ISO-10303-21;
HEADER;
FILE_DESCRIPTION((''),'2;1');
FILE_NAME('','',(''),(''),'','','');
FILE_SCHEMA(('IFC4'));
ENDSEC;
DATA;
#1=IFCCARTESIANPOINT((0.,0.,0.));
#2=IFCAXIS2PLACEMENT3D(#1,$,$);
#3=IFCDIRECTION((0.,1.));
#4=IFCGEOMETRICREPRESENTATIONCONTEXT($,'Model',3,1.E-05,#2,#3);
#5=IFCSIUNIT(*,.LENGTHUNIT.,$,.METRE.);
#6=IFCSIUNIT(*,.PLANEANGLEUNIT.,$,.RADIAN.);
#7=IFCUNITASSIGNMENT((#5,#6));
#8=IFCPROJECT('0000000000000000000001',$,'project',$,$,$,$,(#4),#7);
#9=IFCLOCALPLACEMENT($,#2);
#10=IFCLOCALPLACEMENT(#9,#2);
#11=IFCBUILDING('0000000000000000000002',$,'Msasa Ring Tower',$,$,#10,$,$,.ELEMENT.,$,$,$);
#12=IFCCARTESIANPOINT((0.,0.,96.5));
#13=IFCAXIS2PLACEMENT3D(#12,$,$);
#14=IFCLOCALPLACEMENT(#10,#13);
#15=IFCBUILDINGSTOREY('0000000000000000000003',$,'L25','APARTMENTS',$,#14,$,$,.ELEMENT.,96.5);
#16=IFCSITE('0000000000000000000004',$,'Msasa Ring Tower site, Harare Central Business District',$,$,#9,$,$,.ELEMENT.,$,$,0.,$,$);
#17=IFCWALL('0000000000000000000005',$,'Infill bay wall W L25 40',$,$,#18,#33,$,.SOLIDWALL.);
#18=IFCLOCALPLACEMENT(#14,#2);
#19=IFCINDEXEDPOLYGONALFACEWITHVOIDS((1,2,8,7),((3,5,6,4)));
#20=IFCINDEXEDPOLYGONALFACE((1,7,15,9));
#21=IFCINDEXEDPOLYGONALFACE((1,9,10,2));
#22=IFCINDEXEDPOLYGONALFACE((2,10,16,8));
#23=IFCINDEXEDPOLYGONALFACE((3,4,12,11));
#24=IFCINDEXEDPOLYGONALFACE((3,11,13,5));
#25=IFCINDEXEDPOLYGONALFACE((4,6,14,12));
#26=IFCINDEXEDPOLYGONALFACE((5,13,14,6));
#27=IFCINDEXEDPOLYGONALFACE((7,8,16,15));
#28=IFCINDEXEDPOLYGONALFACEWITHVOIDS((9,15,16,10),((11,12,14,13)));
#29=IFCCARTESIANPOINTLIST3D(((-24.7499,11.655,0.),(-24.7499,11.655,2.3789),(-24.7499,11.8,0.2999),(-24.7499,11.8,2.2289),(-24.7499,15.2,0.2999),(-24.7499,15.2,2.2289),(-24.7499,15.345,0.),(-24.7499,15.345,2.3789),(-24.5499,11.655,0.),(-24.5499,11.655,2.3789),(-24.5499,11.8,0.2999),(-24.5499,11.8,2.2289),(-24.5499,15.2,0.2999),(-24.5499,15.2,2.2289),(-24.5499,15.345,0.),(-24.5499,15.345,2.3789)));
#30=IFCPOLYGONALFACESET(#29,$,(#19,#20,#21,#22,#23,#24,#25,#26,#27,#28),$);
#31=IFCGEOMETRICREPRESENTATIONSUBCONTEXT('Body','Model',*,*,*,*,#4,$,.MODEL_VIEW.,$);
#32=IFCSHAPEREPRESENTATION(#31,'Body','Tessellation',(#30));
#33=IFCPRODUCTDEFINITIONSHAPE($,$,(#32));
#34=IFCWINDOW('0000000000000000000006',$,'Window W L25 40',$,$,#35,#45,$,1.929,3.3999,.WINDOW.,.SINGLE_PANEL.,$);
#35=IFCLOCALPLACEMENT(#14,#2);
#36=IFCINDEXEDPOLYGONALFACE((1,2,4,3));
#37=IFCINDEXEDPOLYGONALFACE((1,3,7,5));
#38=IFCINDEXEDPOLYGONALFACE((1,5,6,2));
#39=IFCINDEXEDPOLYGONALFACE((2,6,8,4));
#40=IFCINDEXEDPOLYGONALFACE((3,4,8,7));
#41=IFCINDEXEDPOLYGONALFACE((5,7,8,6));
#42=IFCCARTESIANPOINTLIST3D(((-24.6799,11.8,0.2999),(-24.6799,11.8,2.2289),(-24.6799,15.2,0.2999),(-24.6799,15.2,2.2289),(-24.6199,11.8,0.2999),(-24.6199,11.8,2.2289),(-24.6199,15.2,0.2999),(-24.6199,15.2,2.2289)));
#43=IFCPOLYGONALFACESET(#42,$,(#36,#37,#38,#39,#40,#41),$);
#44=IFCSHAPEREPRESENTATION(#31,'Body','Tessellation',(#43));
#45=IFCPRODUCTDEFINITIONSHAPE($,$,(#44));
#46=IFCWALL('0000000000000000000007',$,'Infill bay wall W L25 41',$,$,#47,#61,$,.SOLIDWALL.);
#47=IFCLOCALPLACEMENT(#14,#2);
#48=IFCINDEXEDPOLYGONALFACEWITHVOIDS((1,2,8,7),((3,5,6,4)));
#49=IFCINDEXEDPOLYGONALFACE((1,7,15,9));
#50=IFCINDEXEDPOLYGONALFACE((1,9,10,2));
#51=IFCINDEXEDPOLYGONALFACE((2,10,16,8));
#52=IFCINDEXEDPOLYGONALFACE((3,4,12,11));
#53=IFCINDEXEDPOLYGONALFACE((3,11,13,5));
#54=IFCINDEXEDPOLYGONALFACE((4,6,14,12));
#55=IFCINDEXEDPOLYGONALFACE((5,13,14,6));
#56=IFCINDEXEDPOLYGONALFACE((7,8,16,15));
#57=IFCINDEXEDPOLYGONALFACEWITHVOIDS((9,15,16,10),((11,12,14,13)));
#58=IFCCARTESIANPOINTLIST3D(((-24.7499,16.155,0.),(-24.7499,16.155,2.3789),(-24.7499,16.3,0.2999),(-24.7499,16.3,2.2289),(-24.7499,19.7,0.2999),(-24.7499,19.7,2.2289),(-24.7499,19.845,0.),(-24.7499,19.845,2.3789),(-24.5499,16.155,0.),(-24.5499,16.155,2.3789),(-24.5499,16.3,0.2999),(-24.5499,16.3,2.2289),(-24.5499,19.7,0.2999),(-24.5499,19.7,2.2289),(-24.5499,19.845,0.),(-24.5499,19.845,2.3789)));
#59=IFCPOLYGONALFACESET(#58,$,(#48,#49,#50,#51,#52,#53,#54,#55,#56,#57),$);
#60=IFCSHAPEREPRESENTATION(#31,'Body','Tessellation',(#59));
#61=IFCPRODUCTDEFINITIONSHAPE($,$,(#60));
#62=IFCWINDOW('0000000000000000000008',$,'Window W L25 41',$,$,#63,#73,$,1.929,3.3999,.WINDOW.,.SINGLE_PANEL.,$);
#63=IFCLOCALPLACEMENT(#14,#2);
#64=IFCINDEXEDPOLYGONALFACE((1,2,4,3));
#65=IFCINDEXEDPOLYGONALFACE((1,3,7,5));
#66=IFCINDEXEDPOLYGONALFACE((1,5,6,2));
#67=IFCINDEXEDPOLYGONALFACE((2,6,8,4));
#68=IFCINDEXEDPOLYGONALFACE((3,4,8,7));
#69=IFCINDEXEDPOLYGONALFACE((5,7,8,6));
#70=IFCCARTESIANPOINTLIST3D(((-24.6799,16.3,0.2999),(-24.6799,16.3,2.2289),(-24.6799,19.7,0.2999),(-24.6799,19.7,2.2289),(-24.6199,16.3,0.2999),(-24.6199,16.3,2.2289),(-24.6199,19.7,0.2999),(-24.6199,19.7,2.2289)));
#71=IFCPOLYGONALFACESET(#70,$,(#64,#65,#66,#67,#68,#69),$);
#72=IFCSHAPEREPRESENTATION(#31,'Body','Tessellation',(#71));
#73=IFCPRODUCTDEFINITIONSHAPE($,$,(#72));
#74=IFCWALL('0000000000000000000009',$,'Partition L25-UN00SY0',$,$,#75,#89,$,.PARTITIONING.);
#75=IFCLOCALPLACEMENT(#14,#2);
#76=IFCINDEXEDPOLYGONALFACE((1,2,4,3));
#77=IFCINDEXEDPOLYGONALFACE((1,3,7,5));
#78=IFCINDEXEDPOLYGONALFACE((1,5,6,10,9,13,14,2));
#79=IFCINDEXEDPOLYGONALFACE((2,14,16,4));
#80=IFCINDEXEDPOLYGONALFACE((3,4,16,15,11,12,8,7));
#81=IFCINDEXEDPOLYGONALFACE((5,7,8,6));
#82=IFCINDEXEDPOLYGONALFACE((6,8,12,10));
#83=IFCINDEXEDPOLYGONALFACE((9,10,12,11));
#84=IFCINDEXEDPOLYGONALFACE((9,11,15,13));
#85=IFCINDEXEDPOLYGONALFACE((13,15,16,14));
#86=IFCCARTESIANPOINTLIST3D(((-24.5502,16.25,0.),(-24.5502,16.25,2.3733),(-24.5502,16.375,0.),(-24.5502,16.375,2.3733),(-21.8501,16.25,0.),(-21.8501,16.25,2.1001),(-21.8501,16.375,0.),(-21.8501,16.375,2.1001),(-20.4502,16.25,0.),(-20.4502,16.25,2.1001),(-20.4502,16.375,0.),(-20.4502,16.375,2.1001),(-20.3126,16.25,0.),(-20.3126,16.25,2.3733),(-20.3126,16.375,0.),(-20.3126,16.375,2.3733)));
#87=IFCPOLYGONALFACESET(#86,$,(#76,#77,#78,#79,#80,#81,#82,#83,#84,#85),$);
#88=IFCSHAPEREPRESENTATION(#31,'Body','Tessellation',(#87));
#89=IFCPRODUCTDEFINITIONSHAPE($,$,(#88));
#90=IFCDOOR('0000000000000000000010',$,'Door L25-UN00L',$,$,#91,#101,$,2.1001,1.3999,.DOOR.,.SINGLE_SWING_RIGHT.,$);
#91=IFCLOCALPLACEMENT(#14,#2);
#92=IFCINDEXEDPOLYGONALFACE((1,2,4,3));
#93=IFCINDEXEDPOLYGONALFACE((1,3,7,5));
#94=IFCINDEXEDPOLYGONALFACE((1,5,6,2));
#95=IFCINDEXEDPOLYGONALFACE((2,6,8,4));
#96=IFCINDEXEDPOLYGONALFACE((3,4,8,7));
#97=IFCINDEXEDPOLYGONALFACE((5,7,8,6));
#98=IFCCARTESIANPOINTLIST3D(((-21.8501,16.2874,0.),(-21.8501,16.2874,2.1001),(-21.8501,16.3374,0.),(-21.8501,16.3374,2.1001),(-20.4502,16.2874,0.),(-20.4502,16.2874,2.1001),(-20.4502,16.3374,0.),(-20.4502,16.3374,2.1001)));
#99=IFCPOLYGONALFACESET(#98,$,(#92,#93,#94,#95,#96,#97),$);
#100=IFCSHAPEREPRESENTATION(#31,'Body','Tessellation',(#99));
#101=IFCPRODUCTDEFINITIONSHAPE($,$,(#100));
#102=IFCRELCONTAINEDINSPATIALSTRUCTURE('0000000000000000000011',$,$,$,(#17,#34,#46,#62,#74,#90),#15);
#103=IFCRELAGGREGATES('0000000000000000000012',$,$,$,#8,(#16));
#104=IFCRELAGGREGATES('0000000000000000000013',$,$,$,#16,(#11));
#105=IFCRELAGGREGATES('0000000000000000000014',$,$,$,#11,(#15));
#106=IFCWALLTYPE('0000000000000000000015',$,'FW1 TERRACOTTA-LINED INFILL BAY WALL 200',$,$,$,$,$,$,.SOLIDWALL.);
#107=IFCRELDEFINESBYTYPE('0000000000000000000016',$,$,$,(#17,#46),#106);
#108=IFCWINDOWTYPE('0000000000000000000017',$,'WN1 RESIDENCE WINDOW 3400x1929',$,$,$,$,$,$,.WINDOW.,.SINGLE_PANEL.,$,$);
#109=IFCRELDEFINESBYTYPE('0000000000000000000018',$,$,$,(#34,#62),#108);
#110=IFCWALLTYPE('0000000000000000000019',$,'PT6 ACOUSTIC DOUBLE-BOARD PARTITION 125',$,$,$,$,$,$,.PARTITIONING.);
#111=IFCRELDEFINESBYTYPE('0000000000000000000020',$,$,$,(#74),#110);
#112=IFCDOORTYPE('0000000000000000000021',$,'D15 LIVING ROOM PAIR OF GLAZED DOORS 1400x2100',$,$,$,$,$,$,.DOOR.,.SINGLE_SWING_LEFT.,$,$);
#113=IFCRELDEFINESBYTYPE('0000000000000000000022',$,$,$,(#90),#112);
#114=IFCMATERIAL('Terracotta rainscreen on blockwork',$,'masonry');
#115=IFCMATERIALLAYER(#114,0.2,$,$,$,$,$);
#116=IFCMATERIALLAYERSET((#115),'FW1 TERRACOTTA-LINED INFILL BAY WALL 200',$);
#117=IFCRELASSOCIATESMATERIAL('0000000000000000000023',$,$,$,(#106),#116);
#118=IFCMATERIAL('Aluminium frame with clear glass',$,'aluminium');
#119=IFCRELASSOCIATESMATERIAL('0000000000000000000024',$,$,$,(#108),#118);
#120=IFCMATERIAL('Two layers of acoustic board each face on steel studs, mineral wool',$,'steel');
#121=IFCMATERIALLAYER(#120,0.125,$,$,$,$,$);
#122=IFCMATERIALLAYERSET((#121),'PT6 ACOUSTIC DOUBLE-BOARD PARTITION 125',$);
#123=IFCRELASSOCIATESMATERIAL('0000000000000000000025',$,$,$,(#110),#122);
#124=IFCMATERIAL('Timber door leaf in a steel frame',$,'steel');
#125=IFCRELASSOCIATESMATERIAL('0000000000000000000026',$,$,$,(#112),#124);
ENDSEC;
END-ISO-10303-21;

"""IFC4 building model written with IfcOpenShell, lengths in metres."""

from ifc_helpers import new_model, si_unit, direction, frame, frame_2d, origin, place, context, subcontext, project, spatial, rectangle, extrude, material, layer, layer_set, type_object, element, fill, save


model = new_model("IFC4")

# Units and contexts
model_context = context("Model", 3, precision=1e-05, world=origin(), true_north=direction((0.0, 1.0)))
body_context = subcontext(model_context, "Body", "Model", "MODEL_VIEW")
ifc_project = project(units=[si_unit("LENGTHUNIT", "METRE"), si_unit("PLANEANGLEUNIT", "RADIAN")], contexts=[model_context])

# Site, building, storey
site_placement = place(None, origin())
site = spatial("IfcSite", under=ifc_project, at=site_placement, Name="Msasa Ring Tower site, Harare Central Business District", CompositionType="ELEMENT", RefElevation=0.0)
building_placement = place(site_placement, origin())
building = spatial("IfcBuilding", under=site, at=building_placement, Name="Msasa Ring Tower", CompositionType="ELEMENT")
storey_placement = place(building_placement, frame((0.0, 0.0, 96.5)))
storey = spatial("IfcBuildingStorey", under=building, at=storey_placement, Name="L25", Description="APARTMENTS", CompositionType="ELEMENT", Elevation=96.5)

# Walls, openings, windows
ifc_material_1 = material(Name="Terracotta rainscreen on blockwork", Category="masonry")
ifc_layer_1 = layer(ifc_material_1, 0.2)
ifc_layer_set_1 = layer_set([ifc_layer_1], Name="FW1 TERRACOTTA-LINED INFILL BAY WALL 200")
wall_type_1 = type_object("IfcWallType", Name="FW1 TERRACOTTA-LINED INFILL BAY WALL 200", PredefinedType="SOLIDWALL", material=ifc_layer_set_1)
wall_1_placement = place(storey_placement, frame((-24.6499, 11.655, 0.0), z_axis=(0.0, 0.0, 1.0), x_axis=(0.0, 1.0, 0.0)))
wall_1 = element("IfcWall", 1, at=wall_1_placement, inside=storey, type_object=wall_type_1, Name="Infill bay wall W L25 40", PredefinedType="SOLIDWALL", context=body_context, shape_type="SweptSolid", body=[
    extrude(rectangle(XDim=3.6899, YDim=0.2, at=frame_2d((1.845, 0.0))), origin(), (0.0, 0.0, 1.0), 2.3789),
])
opening_1_placement = place(wall_1_placement, frame((0.145, 0.0, 0.3)))
opening_1 = element("IfcOpeningElement", 2, at=opening_1_placement, cuts=wall_1, PredefinedType="OPENING", context=body_context, shape_type="SweptSolid", body=[
    extrude(rectangle(XDim=3.3999, YDim=1.929, at=frame_2d((1.7, 0.9644))), frame((0.0, 0.1099, 0.0), z_axis=(0.0, -1.0, 0.0), x_axis=(1.0, 0.0, 0.0)), (0.0, 0.0, 1.0), 0.22),
])
ifc_material_2 = material(Name="Aluminium frame with clear glass", Category="aluminium")
window_type = type_object("IfcWindowType", Name="WN1 RESIDENCE WINDOW 3400x1929", PartitioningType="SINGLE_PANEL", PredefinedType="WINDOW", material=ifc_material_2)
window_1_placement = place(opening_1_placement, origin())
window_1 = element("IfcWindow", 3, at=window_1_placement, inside=storey, type_object=window_type, Name="Window W L25 40", OverallHeight=1.929, OverallWidth=3.3999, PartitioningType="SINGLE_PANEL", PredefinedType="WINDOW", context=body_context, shape_type="SweptSolid", body=[
    extrude(rectangle(XDim=3.3999, YDim=1.929, at=frame_2d((1.7, 0.9644))), frame((0.0, 0.03, 0.0), z_axis=(0.0, -1.0, 0.0), x_axis=(1.0, 0.0, 0.0)), (0.0, 0.0, 1.0), 0.0601),
])
fill(opening_1, window_1)
wall_2_placement = place(storey_placement, frame((-24.6499, 16.155, 0.0), z_axis=(0.0, 0.0, 1.0), x_axis=(0.0, 1.0, 0.0)))
wall_2 = element("IfcWall", 4, at=wall_2_placement, inside=storey, type_object=wall_type_1, Name="Infill bay wall W L25 41", PredefinedType="SOLIDWALL", context=body_context, shape_type="SweptSolid", body=[
    extrude(rectangle(XDim=3.6899, YDim=0.2, at=frame_2d((1.845, 0.0))), origin(), (0.0, 0.0, 1.0), 2.3789),
])
opening_2_placement = place(wall_2_placement, frame((0.145, 0.0, 0.3)))
opening_2 = element("IfcOpeningElement", 5, at=opening_2_placement, cuts=wall_2, PredefinedType="OPENING", context=body_context, shape_type="SweptSolid", body=[
    extrude(rectangle(XDim=3.3999, YDim=1.929, at=frame_2d((1.7, 0.9644))), frame((0.0, 0.1099, 0.0), z_axis=(0.0, -1.0, 0.0), x_axis=(1.0, 0.0, 0.0)), (0.0, 0.0, 1.0), 0.22),
])
window_2_placement = place(opening_2_placement, origin())
window_2 = element("IfcWindow", 6, at=window_2_placement, inside=storey, type_object=window_type, Name="Window W L25 41", OverallHeight=1.929, OverallWidth=3.3999, PartitioningType="SINGLE_PANEL", PredefinedType="WINDOW", context=body_context, shape_type="SweptSolid", body=[
    extrude(rectangle(XDim=3.3999, YDim=1.929, at=frame_2d((1.7, 0.9644))), frame((0.0, 0.03, 0.0), z_axis=(0.0, -1.0, 0.0), x_axis=(1.0, 0.0, 0.0)), (0.0, 0.0, 1.0), 0.0601),
])
fill(opening_2, window_2)

# Wall, opening, door
ifc_material_3 = material(Name="Two layers of acoustic board each face on steel studs, mineral wool", Category="steel")
ifc_layer_2 = layer(ifc_material_3, 0.125)
ifc_layer_set_2 = layer_set([ifc_layer_2], Name="PT6 ACOUSTIC DOUBLE-BOARD PARTITION 125")
wall_type_2 = type_object("IfcWallType", Name="PT6 ACOUSTIC DOUBLE-BOARD PARTITION 125", PredefinedType="PARTITIONING", material=ifc_layer_set_2)
wall_3_placement = place(storey_placement, frame((-24.55, 16.3125, 0.0), z_axis=(0.0, 0.0, 1.0), x_axis=(1.0, 0.0, 0.0)))
wall_3 = element("IfcWall", 7, at=wall_3_placement, inside=storey, type_object=wall_type_2, Name="Partition L25-UN00SY0", PredefinedType="PARTITIONING", context=body_context, shape_type="SweptSolid", body=[
    extrude(rectangle(XDim=4.2375, YDim=0.125, at=frame_2d((2.1187, 0.0))), origin(), (0.0, 0.0, 1.0), 2.3733),
])
opening_3_placement = place(wall_3_placement, frame((2.7, 0.0, 0.0)))
opening_3 = element("IfcOpeningElement", 8, at=opening_3_placement, cuts=wall_3, PredefinedType="OPENING", context=body_context, shape_type="SweptSolid", body=[
    extrude(rectangle(XDim=1.3999, YDim=2.1001, at=frame_2d((0.7, 1.05))), frame((0.0, 0.0725, 0.0), z_axis=(0.0, -1.0, 0.0), x_axis=(1.0, 0.0, 0.0)), (0.0, 0.0, 1.0), 0.145),
])
ifc_material_4 = material(Name="Timber door leaf in a steel frame", Category="steel")
door_type = type_object("IfcDoorType", Name="D15 LIVING ROOM PAIR OF GLAZED DOORS 1400x2100", OperationType="SINGLE_SWING_LEFT", PredefinedType="DOOR", material=ifc_material_4)
door_placement = place(opening_3_placement, origin())
door = element("IfcDoor", 9, at=door_placement, inside=storey, type_object=door_type, Name="Door L25-UN00L", OperationType="SINGLE_SWING_RIGHT", OverallHeight=2.1001, OverallWidth=1.3999, PredefinedType="DOOR", context=body_context, shape_type="SweptSolid", body=[
    extrude(rectangle(XDim=1.3999, YDim=2.1001, at=frame_2d((0.7, 1.05))), frame((0.0, 0.0249, 0.0), z_axis=(0.0, -1.0, 0.0), x_axis=(1.0, 0.0, 0.0)), (0.0, 0.0, 1.0), 0.05),
])
fill(opening_3, door)

save(model, "model.ifc")
